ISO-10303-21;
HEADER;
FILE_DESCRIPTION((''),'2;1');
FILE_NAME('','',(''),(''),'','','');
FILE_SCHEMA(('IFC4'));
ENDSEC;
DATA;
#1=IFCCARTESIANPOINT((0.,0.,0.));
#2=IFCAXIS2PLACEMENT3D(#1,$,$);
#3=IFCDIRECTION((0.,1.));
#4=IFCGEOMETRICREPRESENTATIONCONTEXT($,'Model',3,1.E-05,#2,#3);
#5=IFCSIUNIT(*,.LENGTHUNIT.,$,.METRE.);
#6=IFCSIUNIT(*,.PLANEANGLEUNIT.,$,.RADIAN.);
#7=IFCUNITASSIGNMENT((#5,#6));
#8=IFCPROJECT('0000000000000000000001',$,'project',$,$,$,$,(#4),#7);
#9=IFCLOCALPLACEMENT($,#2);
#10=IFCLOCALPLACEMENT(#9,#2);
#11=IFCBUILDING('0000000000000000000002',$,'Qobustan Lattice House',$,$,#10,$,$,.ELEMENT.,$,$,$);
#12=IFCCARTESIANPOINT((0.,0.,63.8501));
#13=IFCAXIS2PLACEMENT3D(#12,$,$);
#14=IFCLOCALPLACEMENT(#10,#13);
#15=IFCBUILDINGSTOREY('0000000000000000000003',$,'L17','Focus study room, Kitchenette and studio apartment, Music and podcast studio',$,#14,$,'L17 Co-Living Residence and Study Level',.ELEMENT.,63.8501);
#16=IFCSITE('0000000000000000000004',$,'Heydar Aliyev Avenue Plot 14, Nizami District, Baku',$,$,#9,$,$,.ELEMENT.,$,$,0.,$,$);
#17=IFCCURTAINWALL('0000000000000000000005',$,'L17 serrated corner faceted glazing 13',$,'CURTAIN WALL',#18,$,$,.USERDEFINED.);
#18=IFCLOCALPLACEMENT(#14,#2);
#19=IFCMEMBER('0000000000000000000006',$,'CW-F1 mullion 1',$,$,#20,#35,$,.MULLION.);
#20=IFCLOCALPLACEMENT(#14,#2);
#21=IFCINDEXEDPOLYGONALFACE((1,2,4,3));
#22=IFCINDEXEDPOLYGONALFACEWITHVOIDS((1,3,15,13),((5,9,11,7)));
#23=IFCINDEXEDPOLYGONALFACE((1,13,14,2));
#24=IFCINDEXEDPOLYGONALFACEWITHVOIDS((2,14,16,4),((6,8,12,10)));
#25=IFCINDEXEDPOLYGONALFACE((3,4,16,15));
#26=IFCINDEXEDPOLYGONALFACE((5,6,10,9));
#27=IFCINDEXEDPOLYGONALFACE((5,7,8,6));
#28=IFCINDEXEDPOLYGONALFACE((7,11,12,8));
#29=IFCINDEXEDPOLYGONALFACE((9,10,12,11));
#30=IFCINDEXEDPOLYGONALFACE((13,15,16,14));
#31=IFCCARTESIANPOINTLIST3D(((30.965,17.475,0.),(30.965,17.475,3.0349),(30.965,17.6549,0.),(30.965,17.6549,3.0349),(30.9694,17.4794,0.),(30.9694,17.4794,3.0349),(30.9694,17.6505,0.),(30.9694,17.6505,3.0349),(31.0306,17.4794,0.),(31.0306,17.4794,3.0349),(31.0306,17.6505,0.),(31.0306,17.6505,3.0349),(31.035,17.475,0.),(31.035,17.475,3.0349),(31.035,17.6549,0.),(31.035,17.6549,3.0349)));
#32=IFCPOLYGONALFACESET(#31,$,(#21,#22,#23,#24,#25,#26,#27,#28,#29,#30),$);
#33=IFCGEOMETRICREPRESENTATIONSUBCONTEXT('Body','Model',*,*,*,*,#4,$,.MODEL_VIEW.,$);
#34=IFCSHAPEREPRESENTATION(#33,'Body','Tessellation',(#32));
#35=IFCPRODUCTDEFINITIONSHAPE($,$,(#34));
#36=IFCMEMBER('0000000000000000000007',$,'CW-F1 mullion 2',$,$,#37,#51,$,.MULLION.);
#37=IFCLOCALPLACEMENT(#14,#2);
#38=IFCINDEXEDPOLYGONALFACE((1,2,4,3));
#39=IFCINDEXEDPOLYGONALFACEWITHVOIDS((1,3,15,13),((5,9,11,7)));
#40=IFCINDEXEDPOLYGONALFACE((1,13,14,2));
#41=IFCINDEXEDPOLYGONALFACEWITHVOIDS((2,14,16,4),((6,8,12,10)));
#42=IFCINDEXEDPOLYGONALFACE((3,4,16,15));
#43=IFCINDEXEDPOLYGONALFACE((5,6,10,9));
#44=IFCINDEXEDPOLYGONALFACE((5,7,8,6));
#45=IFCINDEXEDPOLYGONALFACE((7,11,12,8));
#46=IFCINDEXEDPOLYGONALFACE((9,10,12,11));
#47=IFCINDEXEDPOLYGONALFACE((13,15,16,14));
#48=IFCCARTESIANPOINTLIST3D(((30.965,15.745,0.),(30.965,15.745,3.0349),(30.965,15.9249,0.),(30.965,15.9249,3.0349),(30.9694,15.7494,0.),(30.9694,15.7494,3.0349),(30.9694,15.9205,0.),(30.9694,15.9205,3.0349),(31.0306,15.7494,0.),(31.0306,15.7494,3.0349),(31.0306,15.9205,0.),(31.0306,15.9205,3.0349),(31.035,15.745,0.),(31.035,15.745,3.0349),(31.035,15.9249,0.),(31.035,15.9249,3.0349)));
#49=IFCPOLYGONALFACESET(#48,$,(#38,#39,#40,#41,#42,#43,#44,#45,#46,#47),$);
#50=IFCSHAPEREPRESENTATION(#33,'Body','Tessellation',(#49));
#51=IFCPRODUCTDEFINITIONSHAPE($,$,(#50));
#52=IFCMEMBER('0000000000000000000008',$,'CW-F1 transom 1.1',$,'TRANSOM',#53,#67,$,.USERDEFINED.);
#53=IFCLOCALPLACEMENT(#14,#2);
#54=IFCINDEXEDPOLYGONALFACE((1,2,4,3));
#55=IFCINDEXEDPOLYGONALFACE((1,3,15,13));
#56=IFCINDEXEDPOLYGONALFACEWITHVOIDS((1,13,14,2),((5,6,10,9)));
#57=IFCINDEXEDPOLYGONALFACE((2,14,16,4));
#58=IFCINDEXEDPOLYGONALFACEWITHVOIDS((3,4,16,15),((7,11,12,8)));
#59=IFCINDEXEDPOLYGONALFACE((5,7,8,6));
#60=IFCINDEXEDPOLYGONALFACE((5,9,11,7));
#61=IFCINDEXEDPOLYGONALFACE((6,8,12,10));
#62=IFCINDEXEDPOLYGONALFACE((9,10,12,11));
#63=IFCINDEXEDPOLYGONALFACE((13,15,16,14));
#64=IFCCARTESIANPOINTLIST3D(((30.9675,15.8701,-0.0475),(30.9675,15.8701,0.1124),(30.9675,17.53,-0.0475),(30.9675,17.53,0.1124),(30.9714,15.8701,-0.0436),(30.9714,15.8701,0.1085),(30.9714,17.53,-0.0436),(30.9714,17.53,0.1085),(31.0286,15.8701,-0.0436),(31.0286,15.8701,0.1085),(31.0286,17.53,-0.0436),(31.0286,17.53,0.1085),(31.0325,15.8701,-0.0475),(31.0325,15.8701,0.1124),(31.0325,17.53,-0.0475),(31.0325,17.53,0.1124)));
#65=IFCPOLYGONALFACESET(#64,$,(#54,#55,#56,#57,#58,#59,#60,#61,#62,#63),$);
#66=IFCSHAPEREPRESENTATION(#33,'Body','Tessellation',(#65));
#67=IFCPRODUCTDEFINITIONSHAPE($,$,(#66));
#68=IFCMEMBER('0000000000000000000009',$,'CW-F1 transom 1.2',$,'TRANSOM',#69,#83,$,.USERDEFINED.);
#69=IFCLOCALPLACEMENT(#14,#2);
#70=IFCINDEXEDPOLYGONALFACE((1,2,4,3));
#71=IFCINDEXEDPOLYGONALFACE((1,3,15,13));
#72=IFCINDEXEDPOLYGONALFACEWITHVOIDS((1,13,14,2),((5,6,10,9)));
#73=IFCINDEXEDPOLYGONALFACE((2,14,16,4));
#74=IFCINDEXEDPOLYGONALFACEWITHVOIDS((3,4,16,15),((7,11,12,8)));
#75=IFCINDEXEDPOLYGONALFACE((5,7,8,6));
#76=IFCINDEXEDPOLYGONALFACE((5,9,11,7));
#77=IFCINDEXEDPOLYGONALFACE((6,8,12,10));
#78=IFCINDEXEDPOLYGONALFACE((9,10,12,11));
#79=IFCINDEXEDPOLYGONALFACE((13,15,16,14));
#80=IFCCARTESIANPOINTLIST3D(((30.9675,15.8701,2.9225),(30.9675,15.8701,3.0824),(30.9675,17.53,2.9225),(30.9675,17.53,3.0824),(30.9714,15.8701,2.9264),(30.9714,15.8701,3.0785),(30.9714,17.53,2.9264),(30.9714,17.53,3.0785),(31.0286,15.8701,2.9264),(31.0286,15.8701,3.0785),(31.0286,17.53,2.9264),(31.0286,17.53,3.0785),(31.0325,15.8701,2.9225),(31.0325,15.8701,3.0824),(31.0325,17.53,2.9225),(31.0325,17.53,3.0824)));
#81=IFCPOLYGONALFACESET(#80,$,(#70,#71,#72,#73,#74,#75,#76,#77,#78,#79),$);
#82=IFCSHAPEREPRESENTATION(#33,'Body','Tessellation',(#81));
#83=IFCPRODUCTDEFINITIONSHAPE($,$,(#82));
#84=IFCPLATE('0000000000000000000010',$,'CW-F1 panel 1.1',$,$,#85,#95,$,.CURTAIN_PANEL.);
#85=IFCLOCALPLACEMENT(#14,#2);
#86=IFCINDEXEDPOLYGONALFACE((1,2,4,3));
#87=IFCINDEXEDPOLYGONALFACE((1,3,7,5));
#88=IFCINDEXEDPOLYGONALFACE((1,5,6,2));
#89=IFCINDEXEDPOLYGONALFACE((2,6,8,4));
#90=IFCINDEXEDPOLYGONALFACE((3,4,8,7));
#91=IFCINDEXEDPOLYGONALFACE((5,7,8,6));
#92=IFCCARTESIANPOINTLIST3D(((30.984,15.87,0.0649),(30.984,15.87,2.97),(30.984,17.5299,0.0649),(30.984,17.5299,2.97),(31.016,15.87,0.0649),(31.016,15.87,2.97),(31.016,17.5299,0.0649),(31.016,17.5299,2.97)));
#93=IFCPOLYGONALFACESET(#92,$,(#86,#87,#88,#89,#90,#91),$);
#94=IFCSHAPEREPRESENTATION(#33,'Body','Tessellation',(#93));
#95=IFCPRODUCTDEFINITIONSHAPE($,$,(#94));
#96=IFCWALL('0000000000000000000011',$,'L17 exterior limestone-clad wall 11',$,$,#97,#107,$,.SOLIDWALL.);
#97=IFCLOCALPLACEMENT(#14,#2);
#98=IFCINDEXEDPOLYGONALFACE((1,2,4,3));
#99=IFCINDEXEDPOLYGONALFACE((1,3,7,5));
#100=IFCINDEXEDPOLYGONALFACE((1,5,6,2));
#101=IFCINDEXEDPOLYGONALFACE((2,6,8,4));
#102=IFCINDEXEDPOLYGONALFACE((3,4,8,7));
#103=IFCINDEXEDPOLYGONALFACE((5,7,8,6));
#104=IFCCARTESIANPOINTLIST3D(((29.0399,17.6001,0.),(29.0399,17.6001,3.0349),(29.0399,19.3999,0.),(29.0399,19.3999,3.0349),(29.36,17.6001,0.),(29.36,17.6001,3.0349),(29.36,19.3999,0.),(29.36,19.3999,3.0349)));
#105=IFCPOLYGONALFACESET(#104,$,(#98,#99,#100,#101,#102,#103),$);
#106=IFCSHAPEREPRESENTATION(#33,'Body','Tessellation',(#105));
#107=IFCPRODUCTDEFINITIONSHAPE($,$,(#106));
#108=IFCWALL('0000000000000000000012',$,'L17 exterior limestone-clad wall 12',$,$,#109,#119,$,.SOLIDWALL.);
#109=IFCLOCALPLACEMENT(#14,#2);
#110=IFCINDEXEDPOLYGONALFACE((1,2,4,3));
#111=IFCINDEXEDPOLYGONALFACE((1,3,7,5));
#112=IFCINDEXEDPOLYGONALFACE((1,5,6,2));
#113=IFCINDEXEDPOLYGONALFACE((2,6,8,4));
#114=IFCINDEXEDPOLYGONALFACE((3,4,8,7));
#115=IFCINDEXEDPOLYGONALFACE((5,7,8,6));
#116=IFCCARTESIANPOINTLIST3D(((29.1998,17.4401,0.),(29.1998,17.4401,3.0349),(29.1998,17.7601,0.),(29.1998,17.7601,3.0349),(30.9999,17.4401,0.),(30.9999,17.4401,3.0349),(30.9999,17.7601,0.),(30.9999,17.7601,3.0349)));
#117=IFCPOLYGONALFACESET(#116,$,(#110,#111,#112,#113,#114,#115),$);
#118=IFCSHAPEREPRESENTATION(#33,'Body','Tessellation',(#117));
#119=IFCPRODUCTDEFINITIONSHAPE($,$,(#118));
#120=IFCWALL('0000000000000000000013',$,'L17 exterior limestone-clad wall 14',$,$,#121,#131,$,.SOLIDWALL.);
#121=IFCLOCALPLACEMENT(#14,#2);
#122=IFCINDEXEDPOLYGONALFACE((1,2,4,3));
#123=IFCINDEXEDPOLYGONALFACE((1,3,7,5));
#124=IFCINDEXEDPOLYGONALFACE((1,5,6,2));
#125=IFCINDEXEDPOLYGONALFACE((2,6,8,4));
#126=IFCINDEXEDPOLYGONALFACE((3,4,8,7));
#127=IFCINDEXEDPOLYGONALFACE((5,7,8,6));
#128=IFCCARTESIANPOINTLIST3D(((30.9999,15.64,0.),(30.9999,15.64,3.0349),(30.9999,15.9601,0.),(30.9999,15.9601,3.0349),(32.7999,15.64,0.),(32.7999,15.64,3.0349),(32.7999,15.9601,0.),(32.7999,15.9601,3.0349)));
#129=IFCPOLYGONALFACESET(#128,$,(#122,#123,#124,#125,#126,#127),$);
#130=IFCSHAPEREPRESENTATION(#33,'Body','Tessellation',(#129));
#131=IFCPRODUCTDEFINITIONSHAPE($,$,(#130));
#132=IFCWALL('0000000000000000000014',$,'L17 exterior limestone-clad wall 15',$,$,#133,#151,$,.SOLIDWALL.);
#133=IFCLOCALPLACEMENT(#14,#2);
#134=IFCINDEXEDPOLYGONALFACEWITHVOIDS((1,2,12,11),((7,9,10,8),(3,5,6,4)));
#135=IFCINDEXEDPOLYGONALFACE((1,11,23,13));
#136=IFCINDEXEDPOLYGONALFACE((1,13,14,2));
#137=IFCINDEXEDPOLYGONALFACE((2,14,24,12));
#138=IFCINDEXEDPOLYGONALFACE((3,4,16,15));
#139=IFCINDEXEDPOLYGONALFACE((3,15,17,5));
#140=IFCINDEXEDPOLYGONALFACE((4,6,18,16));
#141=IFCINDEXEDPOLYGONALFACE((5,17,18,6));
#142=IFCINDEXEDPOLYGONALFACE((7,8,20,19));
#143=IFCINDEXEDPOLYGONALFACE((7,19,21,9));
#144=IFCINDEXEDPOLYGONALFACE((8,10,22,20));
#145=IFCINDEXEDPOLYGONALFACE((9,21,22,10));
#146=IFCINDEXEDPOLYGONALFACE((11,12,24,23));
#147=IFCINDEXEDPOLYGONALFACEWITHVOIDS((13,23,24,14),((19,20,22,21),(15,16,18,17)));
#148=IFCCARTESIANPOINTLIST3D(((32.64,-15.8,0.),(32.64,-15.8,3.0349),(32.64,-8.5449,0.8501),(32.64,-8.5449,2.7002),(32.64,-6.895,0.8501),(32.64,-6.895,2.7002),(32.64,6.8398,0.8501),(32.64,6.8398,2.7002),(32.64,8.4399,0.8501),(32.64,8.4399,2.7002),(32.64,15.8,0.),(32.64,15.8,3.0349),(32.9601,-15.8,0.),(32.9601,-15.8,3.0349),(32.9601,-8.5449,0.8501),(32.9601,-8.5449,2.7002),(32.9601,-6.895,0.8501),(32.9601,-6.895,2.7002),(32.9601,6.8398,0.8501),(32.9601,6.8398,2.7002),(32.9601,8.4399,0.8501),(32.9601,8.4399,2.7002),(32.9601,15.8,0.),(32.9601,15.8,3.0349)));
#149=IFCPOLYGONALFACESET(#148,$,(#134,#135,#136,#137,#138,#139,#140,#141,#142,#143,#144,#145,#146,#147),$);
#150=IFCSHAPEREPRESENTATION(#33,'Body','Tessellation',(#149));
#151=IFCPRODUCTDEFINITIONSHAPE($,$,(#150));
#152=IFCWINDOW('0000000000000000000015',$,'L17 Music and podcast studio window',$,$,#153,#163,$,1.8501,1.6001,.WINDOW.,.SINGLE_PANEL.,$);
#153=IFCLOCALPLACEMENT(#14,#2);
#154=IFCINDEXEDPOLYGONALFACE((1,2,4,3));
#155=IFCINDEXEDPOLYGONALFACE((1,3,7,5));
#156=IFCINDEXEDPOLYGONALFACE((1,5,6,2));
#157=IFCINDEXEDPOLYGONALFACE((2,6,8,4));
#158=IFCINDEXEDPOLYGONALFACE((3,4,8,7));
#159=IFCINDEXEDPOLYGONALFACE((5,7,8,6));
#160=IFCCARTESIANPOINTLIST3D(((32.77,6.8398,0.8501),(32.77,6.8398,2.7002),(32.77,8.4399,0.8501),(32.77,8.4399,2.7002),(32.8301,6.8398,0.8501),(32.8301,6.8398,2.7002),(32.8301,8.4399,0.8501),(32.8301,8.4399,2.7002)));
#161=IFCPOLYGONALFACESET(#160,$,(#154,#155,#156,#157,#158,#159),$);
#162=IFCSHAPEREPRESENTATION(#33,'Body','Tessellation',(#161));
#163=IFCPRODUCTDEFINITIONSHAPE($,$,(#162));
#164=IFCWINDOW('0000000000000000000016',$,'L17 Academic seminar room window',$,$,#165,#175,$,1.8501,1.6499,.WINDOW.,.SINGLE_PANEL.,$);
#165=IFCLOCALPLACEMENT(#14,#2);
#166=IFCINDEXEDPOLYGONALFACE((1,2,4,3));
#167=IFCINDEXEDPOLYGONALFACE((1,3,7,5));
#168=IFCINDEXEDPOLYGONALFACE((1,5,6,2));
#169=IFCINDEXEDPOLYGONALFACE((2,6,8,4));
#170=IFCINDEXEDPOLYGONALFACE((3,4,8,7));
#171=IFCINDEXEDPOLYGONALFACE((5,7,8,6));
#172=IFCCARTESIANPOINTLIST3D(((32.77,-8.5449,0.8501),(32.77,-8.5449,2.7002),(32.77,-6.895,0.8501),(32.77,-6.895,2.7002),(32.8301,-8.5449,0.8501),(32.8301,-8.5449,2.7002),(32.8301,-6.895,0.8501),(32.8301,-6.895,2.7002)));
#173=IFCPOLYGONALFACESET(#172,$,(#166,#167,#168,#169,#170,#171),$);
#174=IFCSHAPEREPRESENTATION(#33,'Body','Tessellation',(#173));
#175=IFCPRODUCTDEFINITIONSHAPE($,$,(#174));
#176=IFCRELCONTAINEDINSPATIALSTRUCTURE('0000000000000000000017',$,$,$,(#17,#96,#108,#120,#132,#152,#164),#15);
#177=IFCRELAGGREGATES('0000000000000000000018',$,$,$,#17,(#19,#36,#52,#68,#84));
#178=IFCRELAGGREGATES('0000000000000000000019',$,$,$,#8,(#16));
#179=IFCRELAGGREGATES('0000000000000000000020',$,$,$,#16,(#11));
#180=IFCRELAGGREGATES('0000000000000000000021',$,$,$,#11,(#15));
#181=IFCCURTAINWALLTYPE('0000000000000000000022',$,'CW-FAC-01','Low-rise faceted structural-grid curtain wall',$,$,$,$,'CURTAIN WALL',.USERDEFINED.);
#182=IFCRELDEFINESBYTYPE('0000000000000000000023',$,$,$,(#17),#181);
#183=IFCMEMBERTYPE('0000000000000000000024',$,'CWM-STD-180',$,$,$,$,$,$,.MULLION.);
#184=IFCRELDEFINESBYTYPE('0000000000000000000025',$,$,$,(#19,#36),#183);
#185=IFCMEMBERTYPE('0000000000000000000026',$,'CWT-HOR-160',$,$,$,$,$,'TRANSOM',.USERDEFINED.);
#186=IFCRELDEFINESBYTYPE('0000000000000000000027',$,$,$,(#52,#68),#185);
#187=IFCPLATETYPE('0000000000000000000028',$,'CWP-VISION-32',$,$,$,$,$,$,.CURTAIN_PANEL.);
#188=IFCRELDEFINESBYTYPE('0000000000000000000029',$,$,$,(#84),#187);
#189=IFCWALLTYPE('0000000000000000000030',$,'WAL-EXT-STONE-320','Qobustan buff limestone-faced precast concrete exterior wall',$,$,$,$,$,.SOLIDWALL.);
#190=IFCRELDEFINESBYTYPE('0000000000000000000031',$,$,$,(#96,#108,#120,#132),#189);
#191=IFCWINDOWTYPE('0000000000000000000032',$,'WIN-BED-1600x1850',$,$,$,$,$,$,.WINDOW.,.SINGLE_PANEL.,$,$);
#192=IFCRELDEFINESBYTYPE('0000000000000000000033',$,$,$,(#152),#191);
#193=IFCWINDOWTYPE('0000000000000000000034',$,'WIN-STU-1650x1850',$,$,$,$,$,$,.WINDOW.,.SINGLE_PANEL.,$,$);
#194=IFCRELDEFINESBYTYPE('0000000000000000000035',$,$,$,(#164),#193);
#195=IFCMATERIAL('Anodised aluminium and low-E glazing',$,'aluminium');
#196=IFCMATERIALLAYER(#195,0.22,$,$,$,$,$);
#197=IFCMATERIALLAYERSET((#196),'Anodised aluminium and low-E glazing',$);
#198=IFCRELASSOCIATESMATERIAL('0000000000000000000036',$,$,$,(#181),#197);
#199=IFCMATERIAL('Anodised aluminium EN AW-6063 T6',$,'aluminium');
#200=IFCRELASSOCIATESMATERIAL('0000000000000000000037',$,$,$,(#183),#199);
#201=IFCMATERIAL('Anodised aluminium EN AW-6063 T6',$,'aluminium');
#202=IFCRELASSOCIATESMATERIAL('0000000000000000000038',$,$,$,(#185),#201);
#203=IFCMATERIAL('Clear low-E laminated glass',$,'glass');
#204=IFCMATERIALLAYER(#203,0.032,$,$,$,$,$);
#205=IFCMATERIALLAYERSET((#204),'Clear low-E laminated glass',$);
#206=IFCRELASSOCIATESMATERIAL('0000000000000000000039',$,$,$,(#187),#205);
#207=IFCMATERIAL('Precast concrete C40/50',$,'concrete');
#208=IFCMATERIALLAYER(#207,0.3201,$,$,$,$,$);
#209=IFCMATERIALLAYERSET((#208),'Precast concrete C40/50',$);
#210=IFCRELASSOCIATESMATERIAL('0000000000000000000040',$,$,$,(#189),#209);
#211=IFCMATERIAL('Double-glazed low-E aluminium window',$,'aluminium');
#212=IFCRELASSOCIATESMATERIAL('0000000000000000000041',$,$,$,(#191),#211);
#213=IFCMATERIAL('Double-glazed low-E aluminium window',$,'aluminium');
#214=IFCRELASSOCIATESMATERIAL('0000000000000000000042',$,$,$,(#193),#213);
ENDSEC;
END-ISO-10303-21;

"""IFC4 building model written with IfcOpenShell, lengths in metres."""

from ifc_helpers import new_model, si_unit, direction, frame, frame_2d, origin, origin_2d, place, context, subcontext, project, spatial, rectangle, hollow_rectangle, extrude, material, layer, layer_set, material_profile, profile_set, type_object, element, fill, aggregate, save


model = new_model("IFC4")

# Units and contexts
model_context = context("Model", 3, precision=1e-05, world=origin(), true_north=direction((0.0, 1.0)))
body_context = subcontext(model_context, "Body", "Model", "MODEL_VIEW")
ifc_project = project(units=[si_unit("LENGTHUNIT", "METRE"), si_unit("PLANEANGLEUNIT", "RADIAN")], contexts=[model_context])

# Site, building, storey
site_placement = place(None, origin())
site = spatial("IfcSite", under=ifc_project, at=site_placement, Name="Heydar Aliyev Avenue Plot 14, Nizami District, Baku", CompositionType="ELEMENT", RefElevation=0.0)
building_placement = place(site_placement, origin())
building = spatial("IfcBuilding", under=site, at=building_placement, Name="Qobustan Lattice House", CompositionType="ELEMENT")
storey_placement = place(building_placement, frame((0.0, 0.0, 63.8501)))
storey = spatial("IfcBuildingStorey", under=building, at=storey_placement, Name="L17", Description="Focus study room, Kitchenette and studio apartment, Music and podcast studio", LongName="L17 Co-Living Residence and Study Level", CompositionType="ELEMENT", Elevation=63.8501)

# Curtain wall, members, plate
ifc_material_1 = material(Name="Anodised aluminium and low-E glazing", Category="aluminium")
ifc_layer_1 = layer(ifc_material_1, 0.22)
ifc_layer_set_1 = layer_set([ifc_layer_1], Name="Anodised aluminium and low-E glazing")
curtain_wall_type = type_object("IfcCurtainWallType", Name="CW-FAC-01", Description="Low-rise faceted structural-grid curtain wall", ElementType="CURTAIN WALL", PredefinedType="USERDEFINED", material=ifc_layer_set_1)
curtain_wall_placement = place(storey_placement, origin())
curtain_wall = element("IfcCurtainWall", 1, at=curtain_wall_placement, inside=storey, type_object=curtain_wall_type, Name="L17 serrated corner faceted glazing 13", ObjectType="CURTAIN WALL", PredefinedType="USERDEFINED")
ifc_material_2 = material(Name="Anodised aluminium EN AW-6063 T6", Category="aluminium")
ifc_material_profile_1 = material_profile(ifc_material_2, hollow_rectangle(XDim=0.0701, YDim=0.1799, WallThickness=0.0044, at=origin_2d()), Name="CWM-180x70")
ifc_profile_set_1 = profile_set([ifc_material_profile_1], Name="Anodised aluminium EN AW-6063 T6")
member_type_1 = type_object("IfcMemberType", Name="CWM-STD-180", PredefinedType="MULLION", material=ifc_profile_set_1)
member_1_placement = place(storey_placement, frame((31.0, 17.5649, 0.0), z_axis=(0.0, 0.0, 1.0), x_axis=(1.0, 0.0, 0.0)))
member_1 = element("IfcMember", 2, at=member_1_placement, type_object=member_type_1, Name="CW-F1 mullion 1", PredefinedType="MULLION", context=body_context, shape_type="SweptSolid", body=[
    extrude(hollow_rectangle(XDim=0.0701, YDim=0.1799, WallThickness=0.0044, at=origin_2d()), origin(), (0.0, 0.0, 1.0), 3.0349),
])
member_2_placement = place(storey_placement, frame((31.0, 15.835, 0.0), z_axis=(0.0, 0.0, 1.0), x_axis=(1.0, 0.0, 0.0)))
member_2 = element("IfcMember", 3, at=member_2_placement, type_object=member_type_1, Name="CW-F1 mullion 2", PredefinedType="MULLION", context=body_context, shape_type="SweptSolid", body=[
    extrude(hollow_rectangle(XDim=0.0701, YDim=0.1799, WallThickness=0.0044, at=origin_2d()), origin(), (0.0, 0.0, 1.0), 3.0349),
])
ifc_material_3 = material(Name="Anodised aluminium EN AW-6063 T6", Category="aluminium")
ifc_material_profile_2 = material_profile(ifc_material_3, hollow_rectangle(XDim=0.0649, YDim=0.1599, WallThickness=0.0039, at=origin_2d()), Name="CWT-160x65")
ifc_profile_set_2 = profile_set([ifc_material_profile_2], Name="Anodised aluminium EN AW-6063 T6")
member_type_2 = type_object("IfcMemberType", Name="CWT-HOR-160", ElementType="TRANSOM", PredefinedType="USERDEFINED", material=ifc_profile_set_2)
member_3_placement = place(storey_placement, frame((31.0, 17.53, 0.0325), z_axis=(0.0, -1.0, 0.0), x_axis=(1.0, 0.0, 0.0)))
member_3 = element("IfcMember", 4, at=member_3_placement, type_object=member_type_2, Name="CW-F1 transom 1.1", ObjectType="TRANSOM", PredefinedType="USERDEFINED", context=body_context, shape_type="SweptSolid", body=[
    extrude(hollow_rectangle(XDim=0.0649, YDim=0.1599, WallThickness=0.0039, at=origin_2d()), origin(), (0.0, 0.0, 1.0), 1.6599),
])
member_4_placement = place(storey_placement, frame((31.0, 17.53, 3.0024), z_axis=(0.0, -1.0, 0.0), x_axis=(1.0, 0.0, 0.0)))
member_4 = element("IfcMember", 5, at=member_4_placement, type_object=member_type_2, Name="CW-F1 transom 1.2", ObjectType="TRANSOM", PredefinedType="USERDEFINED", context=body_context, shape_type="SweptSolid", body=[
    extrude(hollow_rectangle(XDim=0.0649, YDim=0.1599, WallThickness=0.0039, at=origin_2d()), origin(), (0.0, 0.0, 1.0), 1.6599),
])
ifc_material_4 = material(Name="Clear low-E laminated glass", Category="glass")
ifc_layer_2 = layer(ifc_material_4, 0.032)
ifc_layer_set_2 = layer_set([ifc_layer_2], Name="Clear low-E laminated glass")
plate_type = type_object("IfcPlateType", Name="CWP-VISION-32", PredefinedType="CURTAIN_PANEL", material=ifc_layer_set_2)
plate_placement = place(storey_placement, frame((31.0, 16.7, 0.0649), z_axis=(0.0, 0.0, 1.0), x_axis=(0.0, -1.0, 0.0)))
plate = element("IfcPlate", 6, at=plate_placement, type_object=plate_type, Name="CW-F1 panel 1.1", PredefinedType="CURTAIN_PANEL", context=body_context, shape_type="SweptSolid", body=[
    extrude(rectangle(XDim=1.6599, YDim=0.032, at=origin_2d()), origin(), (0.0, 0.0, 1.0), 2.905),
])
aggregate(curtain_wall, [member_1, member_2, member_3, member_4, plate])

# Walls
ifc_material_5 = material(Name="Precast concrete C40/50", Category="concrete")
ifc_layer_3 = layer(ifc_material_5, 0.3201)
ifc_layer_set_3 = layer_set([ifc_layer_3], Name="Precast concrete C40/50")
wall_type_1 = type_object("IfcWallType", Name="WAL-EXT-STONE-320", Description="Qobustan buff limestone-faced precast concrete exterior wall", PredefinedType="SOLIDWALL", material=ifc_layer_set_3)
wall_1_placement = place(storey_placement, frame((29.2, 19.3999, 0.0), z_axis=(0.0, 0.0, 1.0), x_axis=(0.0, -1.0, 0.0)))
element("IfcWall", 7, at=wall_1_placement, inside=storey, type_object=wall_type_1, Name="L17 exterior limestone-clad wall 11", PredefinedType="SOLIDWALL", context=body_context, shape_type="SweptSolid", body=[
    extrude(rectangle(XDim=1.7998, YDim=0.3201, at=frame_2d((0.8999, 0.0))), origin(), (0.0, 0.0, 1.0), 3.0349),
])
for number, where, z_axis, x_axis, name in (
    (8, (29.2, 17.6001, 0.0), (0.0, 0.0, 1.0), (1.0, 0.0, 0.0), "L17 exterior limestone-clad wall 12"),
    (9, (31.0, 15.8, 0.0), (0.0, 0.0, 1.0), (1.0, 0.0, 0.0), "L17 exterior limestone-clad wall 14"),
):
    element("IfcWall", number, at=place(storey_placement, frame(where, z_axis=z_axis, x_axis=x_axis)), inside=storey, type_object=wall_type_1, Name=name, PredefinedType="SOLIDWALL", context=body_context, shape_type="SweptSolid", body=[
        extrude(rectangle(XDim=1.8, YDim=0.3201, at=frame_2d((0.8999, 0.0))), origin(), (0.0, 0.0, 1.0), 3.0349),
    ])

# Wall, openings, windows
wall_2_placement = place(storey_placement, frame((32.8, 15.8, 0.0), z_axis=(0.0, 0.0, 1.0), x_axis=(0.0, -1.0, 0.0)))
wall_2 = element("IfcWall", 10, at=wall_2_placement, inside=storey, type_object=wall_type_1, Name="L17 exterior limestone-clad wall 15", PredefinedType="SOLIDWALL", context=body_context, shape_type="SweptSolid", body=[
    extrude(rectangle(XDim=31.6001, YDim=0.3201, at=frame_2d((15.8, 0.0))), origin(), (0.0, 0.0, 1.0), 3.0349),
])
opening_1_placement = place(wall_2_placement, frame((7.3601, 0.0, 0.8501)))
opening_1 = element("IfcOpeningElement", 11, at=opening_1_placement, cuts=wall_2, PredefinedType="OPENING", context=body_context, shape_type="SweptSolid", body=[
    extrude(rectangle(XDim=1.6001, YDim=1.8501, at=frame_2d((0.8, 0.925))), frame((0.0, 0.1699, 0.0), z_axis=(0.0, -1.0, 0.0), x_axis=(1.0, 0.0, 0.0)), (0.0, 0.0, 1.0), 0.3401),
])
opening_2_placement = place(wall_2_placement, frame((22.6951, 0.0, 0.8501)))
opening_2 = element("IfcOpeningElement", 12, at=opening_2_placement, cuts=wall_2, PredefinedType="OPENING", context=body_context, shape_type="SweptSolid", body=[
    extrude(rectangle(XDim=1.6499, YDim=1.8501, at=frame_2d((0.825, 0.925))), frame((0.0, 0.1699, 0.0), z_axis=(0.0, -1.0, 0.0), x_axis=(1.0, 0.0, 0.0)), (0.0, 0.0, 1.0), 0.3401),
])
ifc_material_6 = material(Name="Double-glazed low-E aluminium window", Category="aluminium")
window_type_1 = type_object("IfcWindowType", Name="WIN-BED-1600x1850", PartitioningType="SINGLE_PANEL", PredefinedType="WINDOW", material=ifc_material_6)
window_1_placement = place(opening_1_placement, origin())
window_1 = element("IfcWindow", 13, at=window_1_placement, inside=storey, type_object=window_type_1, Name="L17 Music and podcast studio window", OverallHeight=1.8501, OverallWidth=1.6001, PartitioningType="SINGLE_PANEL", PredefinedType="WINDOW", context=body_context, shape_type="SweptSolid", body=[
    extrude(rectangle(XDim=1.6001, YDim=1.8501, at=frame_2d((0.8, 0.925))), frame((0.0, 0.03, 0.0), z_axis=(0.0, -1.0, 0.0), x_axis=(1.0, 0.0, 0.0)), (0.0, 0.0, 1.0), 0.0601),
])
fill(opening_1, window_1)
ifc_material_7 = material(Name="Double-glazed low-E aluminium window", Category="aluminium")
window_type_2 = type_object("IfcWindowType", Name="WIN-STU-1650x1850", PartitioningType="SINGLE_PANEL", PredefinedType="WINDOW", material=ifc_material_7)
window_2_placement = place(opening_2_placement, origin())
window_2 = element("IfcWindow", 14, at=window_2_placement, inside=storey, type_object=window_type_2, Name="L17 Academic seminar room window", OverallHeight=1.8501, OverallWidth=1.6499, PartitioningType="SINGLE_PANEL", PredefinedType="WINDOW", context=body_context, shape_type="SweptSolid", body=[
    extrude(rectangle(XDim=1.6499, YDim=1.8501, at=frame_2d((0.825, 0.925))), frame((0.0, 0.03, 0.0), z_axis=(0.0, -1.0, 0.0), x_axis=(1.0, 0.0, 0.0)), (0.0, 0.0, 1.0), 0.0601),
])
fill(opening_2, window_2)

save(model, "model.ifc")
